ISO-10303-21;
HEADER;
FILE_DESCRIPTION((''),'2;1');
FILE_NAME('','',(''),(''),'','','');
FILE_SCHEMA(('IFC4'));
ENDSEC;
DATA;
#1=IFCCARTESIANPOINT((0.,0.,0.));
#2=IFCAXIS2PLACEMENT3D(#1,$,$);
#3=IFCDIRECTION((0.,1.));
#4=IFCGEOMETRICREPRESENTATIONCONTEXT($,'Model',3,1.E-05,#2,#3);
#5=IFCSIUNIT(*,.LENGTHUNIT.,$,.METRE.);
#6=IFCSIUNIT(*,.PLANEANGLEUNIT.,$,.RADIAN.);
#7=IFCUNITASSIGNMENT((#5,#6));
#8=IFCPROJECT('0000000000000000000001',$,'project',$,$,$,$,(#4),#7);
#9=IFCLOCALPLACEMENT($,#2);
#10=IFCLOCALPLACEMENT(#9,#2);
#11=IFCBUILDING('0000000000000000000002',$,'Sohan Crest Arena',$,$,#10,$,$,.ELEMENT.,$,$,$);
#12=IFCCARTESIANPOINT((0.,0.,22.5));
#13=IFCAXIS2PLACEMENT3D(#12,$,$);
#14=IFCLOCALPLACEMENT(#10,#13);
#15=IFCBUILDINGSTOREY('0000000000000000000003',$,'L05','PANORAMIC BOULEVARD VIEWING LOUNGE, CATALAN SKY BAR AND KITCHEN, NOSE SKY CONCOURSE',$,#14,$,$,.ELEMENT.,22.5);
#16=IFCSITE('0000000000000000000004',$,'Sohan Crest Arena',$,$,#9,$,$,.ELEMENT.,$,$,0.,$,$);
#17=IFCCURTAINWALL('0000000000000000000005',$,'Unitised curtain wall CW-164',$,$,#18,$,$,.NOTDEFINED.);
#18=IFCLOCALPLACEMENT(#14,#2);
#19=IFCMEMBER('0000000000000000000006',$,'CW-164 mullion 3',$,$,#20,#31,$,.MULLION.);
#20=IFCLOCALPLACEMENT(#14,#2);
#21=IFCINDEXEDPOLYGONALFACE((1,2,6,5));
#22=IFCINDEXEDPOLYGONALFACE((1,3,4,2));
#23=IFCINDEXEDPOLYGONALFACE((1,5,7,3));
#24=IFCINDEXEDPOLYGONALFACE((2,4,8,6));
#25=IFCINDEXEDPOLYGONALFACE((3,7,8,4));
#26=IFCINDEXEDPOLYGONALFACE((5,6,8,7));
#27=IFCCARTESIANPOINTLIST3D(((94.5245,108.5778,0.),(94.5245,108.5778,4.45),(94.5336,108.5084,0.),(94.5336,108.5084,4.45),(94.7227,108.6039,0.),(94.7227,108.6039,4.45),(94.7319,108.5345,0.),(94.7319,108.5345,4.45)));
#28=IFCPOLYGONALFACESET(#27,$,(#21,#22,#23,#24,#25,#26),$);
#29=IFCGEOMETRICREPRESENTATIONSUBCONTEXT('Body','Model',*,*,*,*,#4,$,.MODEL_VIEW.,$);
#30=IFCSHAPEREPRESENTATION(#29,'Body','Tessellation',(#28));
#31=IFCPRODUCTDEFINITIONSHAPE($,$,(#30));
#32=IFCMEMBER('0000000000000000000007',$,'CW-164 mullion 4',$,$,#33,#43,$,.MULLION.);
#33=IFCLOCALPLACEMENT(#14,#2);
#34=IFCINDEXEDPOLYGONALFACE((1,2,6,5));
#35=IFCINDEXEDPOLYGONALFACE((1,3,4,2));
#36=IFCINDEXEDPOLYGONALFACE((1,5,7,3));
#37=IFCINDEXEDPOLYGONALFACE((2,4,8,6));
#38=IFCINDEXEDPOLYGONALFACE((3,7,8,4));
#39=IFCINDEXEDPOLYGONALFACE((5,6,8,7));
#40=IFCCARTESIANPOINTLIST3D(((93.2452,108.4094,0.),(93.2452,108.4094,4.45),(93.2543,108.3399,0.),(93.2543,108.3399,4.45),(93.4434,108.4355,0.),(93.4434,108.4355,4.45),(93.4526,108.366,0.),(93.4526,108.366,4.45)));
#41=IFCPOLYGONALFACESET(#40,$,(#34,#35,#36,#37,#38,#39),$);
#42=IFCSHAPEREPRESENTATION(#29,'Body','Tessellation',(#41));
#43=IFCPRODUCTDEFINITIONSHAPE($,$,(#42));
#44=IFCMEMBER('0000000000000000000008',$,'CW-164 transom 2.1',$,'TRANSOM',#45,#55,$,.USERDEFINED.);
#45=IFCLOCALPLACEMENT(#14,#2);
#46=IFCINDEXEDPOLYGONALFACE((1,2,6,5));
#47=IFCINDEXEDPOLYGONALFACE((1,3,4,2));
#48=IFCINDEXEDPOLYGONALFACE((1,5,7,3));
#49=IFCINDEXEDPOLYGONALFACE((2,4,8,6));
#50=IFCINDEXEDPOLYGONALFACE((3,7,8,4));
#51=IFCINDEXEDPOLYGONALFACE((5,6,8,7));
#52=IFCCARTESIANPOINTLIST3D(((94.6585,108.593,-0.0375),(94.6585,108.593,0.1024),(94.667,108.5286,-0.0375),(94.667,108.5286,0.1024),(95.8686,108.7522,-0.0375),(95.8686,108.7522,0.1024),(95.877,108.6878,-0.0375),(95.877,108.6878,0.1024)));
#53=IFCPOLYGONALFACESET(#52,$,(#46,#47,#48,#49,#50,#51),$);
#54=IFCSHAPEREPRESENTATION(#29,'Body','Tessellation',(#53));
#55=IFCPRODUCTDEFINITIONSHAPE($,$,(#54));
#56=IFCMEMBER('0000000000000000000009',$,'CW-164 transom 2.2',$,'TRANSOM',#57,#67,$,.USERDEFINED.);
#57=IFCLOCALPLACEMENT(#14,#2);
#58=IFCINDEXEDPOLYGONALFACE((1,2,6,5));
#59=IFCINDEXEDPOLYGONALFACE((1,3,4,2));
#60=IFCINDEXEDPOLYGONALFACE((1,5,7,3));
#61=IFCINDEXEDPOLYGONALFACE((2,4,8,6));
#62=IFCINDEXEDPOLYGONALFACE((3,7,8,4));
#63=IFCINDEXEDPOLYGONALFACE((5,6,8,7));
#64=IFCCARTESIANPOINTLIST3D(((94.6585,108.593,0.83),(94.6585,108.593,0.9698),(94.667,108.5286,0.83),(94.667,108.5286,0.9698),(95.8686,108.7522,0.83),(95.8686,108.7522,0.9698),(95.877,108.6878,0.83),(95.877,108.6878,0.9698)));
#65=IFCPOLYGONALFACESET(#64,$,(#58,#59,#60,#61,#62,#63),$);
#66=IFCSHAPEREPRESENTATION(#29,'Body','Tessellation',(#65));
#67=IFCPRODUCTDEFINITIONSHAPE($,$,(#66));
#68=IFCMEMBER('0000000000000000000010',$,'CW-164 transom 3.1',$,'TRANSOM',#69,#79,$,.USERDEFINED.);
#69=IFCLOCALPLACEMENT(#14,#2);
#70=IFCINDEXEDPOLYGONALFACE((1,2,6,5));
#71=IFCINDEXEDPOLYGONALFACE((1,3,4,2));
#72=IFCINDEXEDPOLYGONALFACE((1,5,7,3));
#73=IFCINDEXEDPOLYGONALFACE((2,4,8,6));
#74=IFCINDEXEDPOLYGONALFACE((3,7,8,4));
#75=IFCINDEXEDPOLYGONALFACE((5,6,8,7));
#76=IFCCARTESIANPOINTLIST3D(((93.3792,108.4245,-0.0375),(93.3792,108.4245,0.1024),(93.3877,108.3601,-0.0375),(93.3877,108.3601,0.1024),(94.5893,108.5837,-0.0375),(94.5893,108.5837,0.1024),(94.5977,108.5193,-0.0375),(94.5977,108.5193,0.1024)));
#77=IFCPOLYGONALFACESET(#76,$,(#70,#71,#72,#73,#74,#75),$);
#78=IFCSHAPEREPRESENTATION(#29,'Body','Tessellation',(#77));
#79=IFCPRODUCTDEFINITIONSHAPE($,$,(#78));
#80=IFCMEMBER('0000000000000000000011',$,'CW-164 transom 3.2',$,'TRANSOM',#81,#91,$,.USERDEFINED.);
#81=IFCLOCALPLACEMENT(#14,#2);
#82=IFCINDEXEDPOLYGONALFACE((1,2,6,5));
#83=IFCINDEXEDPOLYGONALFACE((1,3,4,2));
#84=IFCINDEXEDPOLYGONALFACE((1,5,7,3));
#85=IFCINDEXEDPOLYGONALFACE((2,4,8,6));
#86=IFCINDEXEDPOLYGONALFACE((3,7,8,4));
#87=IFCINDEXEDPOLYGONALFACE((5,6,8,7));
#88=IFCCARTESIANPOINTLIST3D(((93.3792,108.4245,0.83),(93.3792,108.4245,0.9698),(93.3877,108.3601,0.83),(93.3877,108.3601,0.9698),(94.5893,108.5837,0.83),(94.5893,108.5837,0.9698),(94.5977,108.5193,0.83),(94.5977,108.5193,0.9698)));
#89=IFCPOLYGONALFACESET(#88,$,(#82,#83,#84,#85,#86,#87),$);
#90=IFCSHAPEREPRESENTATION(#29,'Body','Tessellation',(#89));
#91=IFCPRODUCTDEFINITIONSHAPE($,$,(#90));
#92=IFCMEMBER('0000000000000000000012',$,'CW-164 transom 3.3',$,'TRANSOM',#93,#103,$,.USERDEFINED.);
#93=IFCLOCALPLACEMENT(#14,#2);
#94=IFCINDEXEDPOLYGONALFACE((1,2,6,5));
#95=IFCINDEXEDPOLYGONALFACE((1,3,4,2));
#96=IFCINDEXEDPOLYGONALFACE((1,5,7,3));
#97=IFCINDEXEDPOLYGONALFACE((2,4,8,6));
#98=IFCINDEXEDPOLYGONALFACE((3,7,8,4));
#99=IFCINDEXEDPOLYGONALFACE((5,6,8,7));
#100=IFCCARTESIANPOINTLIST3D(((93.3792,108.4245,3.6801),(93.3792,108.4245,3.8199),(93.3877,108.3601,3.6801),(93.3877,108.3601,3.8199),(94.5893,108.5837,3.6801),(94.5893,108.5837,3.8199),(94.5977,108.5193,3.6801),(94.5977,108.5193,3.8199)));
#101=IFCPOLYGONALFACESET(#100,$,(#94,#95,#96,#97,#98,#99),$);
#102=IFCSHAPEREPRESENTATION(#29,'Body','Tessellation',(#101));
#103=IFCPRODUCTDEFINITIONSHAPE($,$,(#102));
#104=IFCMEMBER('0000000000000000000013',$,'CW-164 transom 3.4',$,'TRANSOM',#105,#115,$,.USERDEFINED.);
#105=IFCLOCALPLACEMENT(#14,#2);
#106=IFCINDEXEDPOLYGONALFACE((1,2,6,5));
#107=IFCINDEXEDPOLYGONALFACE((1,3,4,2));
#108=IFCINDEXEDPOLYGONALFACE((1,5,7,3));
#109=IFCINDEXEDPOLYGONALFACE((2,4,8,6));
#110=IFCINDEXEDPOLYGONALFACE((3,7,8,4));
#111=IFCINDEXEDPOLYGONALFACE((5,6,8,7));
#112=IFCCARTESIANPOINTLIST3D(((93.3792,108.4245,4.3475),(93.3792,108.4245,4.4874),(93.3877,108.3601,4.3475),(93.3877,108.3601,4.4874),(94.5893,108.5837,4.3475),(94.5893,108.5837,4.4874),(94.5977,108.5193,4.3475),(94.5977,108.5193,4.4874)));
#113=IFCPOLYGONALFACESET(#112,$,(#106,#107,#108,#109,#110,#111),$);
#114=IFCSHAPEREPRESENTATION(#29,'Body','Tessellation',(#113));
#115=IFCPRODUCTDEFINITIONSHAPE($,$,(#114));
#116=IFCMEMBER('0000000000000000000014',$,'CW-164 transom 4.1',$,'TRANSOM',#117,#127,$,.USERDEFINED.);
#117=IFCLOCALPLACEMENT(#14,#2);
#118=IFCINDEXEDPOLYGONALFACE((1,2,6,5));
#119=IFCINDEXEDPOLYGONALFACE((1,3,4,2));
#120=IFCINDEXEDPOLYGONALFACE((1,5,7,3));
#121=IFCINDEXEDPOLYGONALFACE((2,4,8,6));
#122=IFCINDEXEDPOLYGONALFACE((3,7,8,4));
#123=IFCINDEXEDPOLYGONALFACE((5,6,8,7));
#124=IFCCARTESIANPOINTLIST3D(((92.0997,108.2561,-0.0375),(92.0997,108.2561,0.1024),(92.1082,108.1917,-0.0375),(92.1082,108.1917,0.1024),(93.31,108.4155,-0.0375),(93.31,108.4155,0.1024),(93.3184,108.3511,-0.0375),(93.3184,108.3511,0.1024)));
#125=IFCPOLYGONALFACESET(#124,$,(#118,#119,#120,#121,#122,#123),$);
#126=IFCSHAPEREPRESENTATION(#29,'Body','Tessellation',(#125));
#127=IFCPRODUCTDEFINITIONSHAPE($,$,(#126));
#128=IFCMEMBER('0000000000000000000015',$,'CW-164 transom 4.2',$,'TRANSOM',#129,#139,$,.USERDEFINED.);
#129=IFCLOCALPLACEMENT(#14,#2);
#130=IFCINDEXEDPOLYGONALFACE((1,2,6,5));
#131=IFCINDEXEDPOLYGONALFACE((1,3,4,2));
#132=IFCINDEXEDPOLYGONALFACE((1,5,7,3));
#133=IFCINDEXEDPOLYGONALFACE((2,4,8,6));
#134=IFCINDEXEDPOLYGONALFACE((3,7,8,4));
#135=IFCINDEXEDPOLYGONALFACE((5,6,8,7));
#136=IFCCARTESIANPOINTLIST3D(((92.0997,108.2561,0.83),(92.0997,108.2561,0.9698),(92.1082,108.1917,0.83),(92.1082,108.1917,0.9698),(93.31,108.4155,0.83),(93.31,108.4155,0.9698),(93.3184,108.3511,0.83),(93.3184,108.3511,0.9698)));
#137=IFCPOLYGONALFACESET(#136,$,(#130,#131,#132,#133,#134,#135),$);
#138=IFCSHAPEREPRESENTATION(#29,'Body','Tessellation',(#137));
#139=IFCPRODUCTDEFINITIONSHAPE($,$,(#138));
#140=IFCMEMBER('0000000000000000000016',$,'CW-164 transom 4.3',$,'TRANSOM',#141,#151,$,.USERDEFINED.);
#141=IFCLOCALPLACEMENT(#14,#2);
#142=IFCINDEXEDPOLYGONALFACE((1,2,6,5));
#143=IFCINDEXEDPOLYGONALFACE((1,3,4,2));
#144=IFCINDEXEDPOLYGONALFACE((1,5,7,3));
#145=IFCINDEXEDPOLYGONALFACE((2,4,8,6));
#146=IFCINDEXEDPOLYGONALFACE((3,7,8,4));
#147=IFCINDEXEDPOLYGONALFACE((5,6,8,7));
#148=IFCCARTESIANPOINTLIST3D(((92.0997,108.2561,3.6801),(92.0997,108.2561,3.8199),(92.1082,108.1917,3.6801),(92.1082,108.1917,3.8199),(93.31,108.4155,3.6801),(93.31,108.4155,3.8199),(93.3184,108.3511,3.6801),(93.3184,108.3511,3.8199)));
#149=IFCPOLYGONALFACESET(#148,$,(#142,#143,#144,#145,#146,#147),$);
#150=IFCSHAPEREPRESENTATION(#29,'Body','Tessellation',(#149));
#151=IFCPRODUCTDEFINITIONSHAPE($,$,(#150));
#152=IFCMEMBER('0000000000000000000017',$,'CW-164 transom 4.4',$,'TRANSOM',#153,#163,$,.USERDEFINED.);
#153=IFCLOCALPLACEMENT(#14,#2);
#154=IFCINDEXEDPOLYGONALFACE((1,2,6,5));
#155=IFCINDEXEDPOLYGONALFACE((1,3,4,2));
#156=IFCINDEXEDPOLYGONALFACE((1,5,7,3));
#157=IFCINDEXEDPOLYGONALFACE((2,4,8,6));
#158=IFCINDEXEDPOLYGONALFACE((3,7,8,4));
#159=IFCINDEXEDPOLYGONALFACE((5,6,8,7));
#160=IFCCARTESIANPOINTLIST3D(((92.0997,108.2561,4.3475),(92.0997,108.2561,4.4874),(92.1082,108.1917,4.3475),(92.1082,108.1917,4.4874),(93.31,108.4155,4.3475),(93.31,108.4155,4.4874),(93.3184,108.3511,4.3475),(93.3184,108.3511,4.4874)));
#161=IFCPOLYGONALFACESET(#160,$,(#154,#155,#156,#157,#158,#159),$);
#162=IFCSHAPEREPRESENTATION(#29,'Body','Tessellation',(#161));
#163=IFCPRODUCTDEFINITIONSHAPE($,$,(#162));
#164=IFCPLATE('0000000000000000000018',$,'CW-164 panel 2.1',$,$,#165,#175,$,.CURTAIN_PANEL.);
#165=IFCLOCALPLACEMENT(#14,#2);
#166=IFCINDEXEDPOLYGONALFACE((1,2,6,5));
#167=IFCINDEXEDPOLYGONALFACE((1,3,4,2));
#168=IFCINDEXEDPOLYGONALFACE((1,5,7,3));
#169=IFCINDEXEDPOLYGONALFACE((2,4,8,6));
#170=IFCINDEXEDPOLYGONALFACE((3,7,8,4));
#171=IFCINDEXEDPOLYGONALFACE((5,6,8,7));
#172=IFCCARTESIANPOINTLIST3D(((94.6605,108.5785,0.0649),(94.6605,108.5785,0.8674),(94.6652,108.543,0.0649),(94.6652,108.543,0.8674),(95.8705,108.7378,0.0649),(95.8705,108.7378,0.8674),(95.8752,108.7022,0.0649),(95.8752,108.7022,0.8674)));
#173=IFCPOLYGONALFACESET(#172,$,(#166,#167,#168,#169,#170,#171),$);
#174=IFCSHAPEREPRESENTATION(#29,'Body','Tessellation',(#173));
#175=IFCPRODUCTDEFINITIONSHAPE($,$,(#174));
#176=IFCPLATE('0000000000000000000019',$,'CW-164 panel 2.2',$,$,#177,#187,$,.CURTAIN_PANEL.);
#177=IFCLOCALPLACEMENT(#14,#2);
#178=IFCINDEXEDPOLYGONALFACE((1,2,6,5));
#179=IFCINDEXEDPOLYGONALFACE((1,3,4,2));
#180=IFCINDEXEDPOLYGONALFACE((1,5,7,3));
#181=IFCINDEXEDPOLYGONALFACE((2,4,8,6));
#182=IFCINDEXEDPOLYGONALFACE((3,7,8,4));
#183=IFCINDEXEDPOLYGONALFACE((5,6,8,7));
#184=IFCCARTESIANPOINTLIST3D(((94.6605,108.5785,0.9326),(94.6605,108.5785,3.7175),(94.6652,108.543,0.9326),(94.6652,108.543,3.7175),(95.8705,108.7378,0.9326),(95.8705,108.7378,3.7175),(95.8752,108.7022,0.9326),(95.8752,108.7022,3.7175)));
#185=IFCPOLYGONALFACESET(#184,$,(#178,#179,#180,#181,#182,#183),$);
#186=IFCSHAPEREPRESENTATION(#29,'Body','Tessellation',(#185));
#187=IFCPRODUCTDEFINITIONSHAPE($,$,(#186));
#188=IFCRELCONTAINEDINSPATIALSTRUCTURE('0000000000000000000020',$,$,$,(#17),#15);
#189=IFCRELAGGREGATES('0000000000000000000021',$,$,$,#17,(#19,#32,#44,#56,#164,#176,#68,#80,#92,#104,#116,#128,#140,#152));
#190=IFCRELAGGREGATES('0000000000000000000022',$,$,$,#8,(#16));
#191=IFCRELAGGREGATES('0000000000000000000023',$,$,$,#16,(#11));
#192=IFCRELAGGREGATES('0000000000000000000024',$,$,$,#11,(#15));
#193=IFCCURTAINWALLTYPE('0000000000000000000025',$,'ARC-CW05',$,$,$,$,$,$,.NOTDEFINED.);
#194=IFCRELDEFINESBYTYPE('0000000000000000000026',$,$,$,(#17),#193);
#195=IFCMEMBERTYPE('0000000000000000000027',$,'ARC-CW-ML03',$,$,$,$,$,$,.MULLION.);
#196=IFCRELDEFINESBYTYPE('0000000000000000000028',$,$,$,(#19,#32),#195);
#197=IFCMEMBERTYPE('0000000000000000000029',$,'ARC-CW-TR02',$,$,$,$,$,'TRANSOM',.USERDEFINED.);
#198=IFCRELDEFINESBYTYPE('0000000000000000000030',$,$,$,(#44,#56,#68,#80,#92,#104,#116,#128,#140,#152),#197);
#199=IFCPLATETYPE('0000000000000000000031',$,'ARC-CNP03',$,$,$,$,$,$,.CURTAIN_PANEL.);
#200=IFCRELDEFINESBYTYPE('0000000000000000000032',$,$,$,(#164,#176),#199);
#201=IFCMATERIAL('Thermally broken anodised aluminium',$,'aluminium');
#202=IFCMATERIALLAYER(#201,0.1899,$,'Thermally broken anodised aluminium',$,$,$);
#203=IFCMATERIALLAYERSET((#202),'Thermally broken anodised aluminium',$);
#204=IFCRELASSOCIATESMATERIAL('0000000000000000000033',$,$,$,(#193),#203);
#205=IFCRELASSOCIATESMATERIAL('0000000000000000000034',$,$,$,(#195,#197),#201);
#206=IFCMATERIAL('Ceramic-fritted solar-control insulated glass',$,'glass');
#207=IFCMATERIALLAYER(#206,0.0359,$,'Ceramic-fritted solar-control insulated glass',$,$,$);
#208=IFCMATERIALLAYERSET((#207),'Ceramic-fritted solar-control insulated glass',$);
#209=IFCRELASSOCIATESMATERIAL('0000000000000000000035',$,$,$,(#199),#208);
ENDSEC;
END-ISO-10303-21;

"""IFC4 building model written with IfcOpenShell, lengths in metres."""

from ifc_helpers import new_model, si_unit, direction, frame, origin, origin_2d, place, context, subcontext, project, spatial, rectangle, extrude, material, layer, layer_set, material_profile, profile_set, type_object, element, aggregate, save


model = new_model("IFC4")

# Units and contexts
model_context = context("Model", 3, precision=1e-05, world=origin(), true_north=direction((0.0, 1.0)))
body_context = subcontext(model_context, "Body", "Model", "MODEL_VIEW")
ifc_project = project(units=[si_unit("LENGTHUNIT", "METRE"), si_unit("PLANEANGLEUNIT", "RADIAN")], contexts=[model_context])

# Site, building, storey
site_placement = place(None, origin())
site = spatial("IfcSite", under=ifc_project, at=site_placement, Name="Sohan Crest Arena", CompositionType="ELEMENT", RefElevation=0.0)
building_placement = place(site_placement, origin())
building = spatial("IfcBuilding", under=site, at=building_placement, Name="Sohan Crest Arena", CompositionType="ELEMENT")
storey_placement = place(building_placement, frame((0.0, 0.0, 22.5)))
storey = spatial("IfcBuildingStorey", under=building, at=storey_placement, Name="L05", Description="PANORAMIC BOULEVARD VIEWING LOUNGE, CATALAN SKY BAR AND KITCHEN, NOSE SKY CONCOURSE", CompositionType="ELEMENT", Elevation=22.5)

# Curtain wall, members, plates
ifc_material_1 = material(Name="Thermally broken anodised aluminium", Category="aluminium")
ifc_layer_1 = layer(ifc_material_1, 0.1899, Name="Thermally broken anodised aluminium")
ifc_layer_set_1 = layer_set([ifc_layer_1], Name="Thermally broken anodised aluminium")
curtain_wall_type = type_object("IfcCurtainWallType", Name="ARC-CW05", PredefinedType="NOTDEFINED", material=ifc_layer_set_1)
curtain_wall_placement = place(storey_placement, origin())
curtain_wall = element("IfcCurtainWall", 1, at=curtain_wall_placement, inside=storey, type_object=curtain_wall_type, Name="Unitised curtain wall CW-164", PredefinedType="NOTDEFINED")
ifc_material_profile_1 = material_profile(ifc_material_1, rectangle(XDim=0.0701, YDim=0.2, at=origin_2d()), Name="ALU-MULL 70x200")
ifc_profile_set_1 = profile_set([ifc_material_profile_1], Name="Thermally broken anodised aluminium")
member_type_1 = type_object("IfcMemberType", Name="ARC-CW-ML03", PredefinedType="MULLION", material=ifc_profile_set_1)
member_1_placement = place(storey_placement, frame((94.6282, 108.5562, 0.0), z_axis=(0.0, 0.0, 1.0), x_axis=(0.130499, -0.991448, 0.0)))
member_1 = element("IfcMember", 2, at=member_1_placement, type_object=member_type_1, Name="CW-164 mullion 3", PredefinedType="MULLION", context=body_context, shape_type="SweptSolid", body=[
    extrude(rectangle(XDim=0.0701, YDim=0.2, at=origin_2d()), origin(), (0.0, 0.0, 1.0), 4.45),
])
member_2_placement = place(storey_placement, frame((93.3489, 108.3877, 0.0), z_axis=(0.0, 0.0, 1.0), x_axis=(0.130499, -0.991448, 0.0)))
member_2 = element("IfcMember", 3, at=member_2_placement, type_object=member_type_1, Name="CW-164 mullion 4", PredefinedType="MULLION", context=body_context, shape_type="SweptSolid", body=[
    extrude(rectangle(XDim=0.0701, YDim=0.2, at=origin_2d()), origin(), (0.0, 0.0, 1.0), 4.45),
])
ifc_material_profile_2 = material_profile(ifc_material_1, rectangle(XDim=0.0649, YDim=0.1399, at=origin_2d()), Name="ALU-TRAN 65x140")
ifc_profile_set_2 = profile_set([ifc_material_profile_2], Name="Thermally broken anodised aluminium")
member_type_2 = type_object("IfcMemberType", Name="ARC-CW-TR02", ElementType="TRANSOM", PredefinedType="USERDEFINED", material=ifc_profile_set_2)
member_3_placement = place(storey_placement, frame((95.8728, 108.72, 0.0325), z_axis=(-0.991457, -0.130434, 0.0), x_axis=(0.130434, -0.991457, 0.0)))
member_3 = element("IfcMember", 4, at=member_3_placement, type_object=member_type_2, Name="CW-164 transom 2.1", ObjectType="TRANSOM", PredefinedType="USERDEFINED", context=body_context, shape_type="SweptSolid", body=[
    extrude(rectangle(XDim=0.0649, YDim=0.1399, at=origin_2d()), origin(), (0.0, 0.0, 1.0), 1.2205),
])
member_4_placement = place(storey_placement, frame((95.8728, 108.72, 0.8999), z_axis=(-0.991457, -0.130434, 0.0), x_axis=(0.130434, -0.991457, 0.0)))
member_4 = element("IfcMember", 5, at=member_4_placement, type_object=member_type_2, Name="CW-164 transom 2.2", ObjectType="TRANSOM", PredefinedType="USERDEFINED", context=body_context, shape_type="SweptSolid", body=[
    extrude(rectangle(XDim=0.0649, YDim=0.1399, at=origin_2d()), origin(), (0.0, 0.0, 1.0), 1.2205),
])
member_5_placement = place(storey_placement, frame((94.5935, 108.5515, 0.0325), z_axis=(-0.991457, -0.130434, 0.0), x_axis=(0.130434, -0.991457, 0.0)))
member_5 = element("IfcMember", 6, at=member_5_placement, type_object=member_type_2, Name="CW-164 transom 3.1", ObjectType="TRANSOM", PredefinedType="USERDEFINED", context=body_context, shape_type="SweptSolid", body=[
    extrude(rectangle(XDim=0.0649, YDim=0.1399, at=origin_2d()), origin(), (0.0, 0.0, 1.0), 1.2205),
])
member_6_placement = place(storey_placement, frame((94.5935, 108.5515, 0.8999), z_axis=(-0.991457, -0.130434, 0.0), x_axis=(0.130434, -0.991457, 0.0)))
member_6 = element("IfcMember", 7, at=member_6_placement, type_object=member_type_2, Name="CW-164 transom 3.2", ObjectType="TRANSOM", PredefinedType="USERDEFINED", context=body_context, shape_type="SweptSolid", body=[
    extrude(rectangle(XDim=0.0649, YDim=0.1399, at=origin_2d()), origin(), (0.0, 0.0, 1.0), 1.2205),
])
member_7_placement = place(storey_placement, frame((94.5935, 108.5515, 3.75), z_axis=(-0.991457, -0.130434, 0.0), x_axis=(0.130434, -0.991457, 0.0)))
member_7 = element("IfcMember", 8, at=member_7_placement, type_object=member_type_2, Name="CW-164 transom 3.3", ObjectType="TRANSOM", PredefinedType="USERDEFINED", context=body_context, shape_type="SweptSolid", body=[
    extrude(rectangle(XDim=0.0649, YDim=0.1399, at=origin_2d()), origin(), (0.0, 0.0, 1.0), 1.2205),
])
member_8_placement = place(storey_placement, frame((94.5935, 108.5515, 4.4175), z_axis=(-0.991457, -0.130434, 0.0), x_axis=(0.130434, -0.991457, 0.0)))
member_8 = element("IfcMember", 9, at=member_8_placement, type_object=member_type_2, Name="CW-164 transom 3.4", ObjectType="TRANSOM", PredefinedType="USERDEFINED", context=body_context, shape_type="SweptSolid", body=[
    extrude(rectangle(XDim=0.0649, YDim=0.1399, at=origin_2d()), origin(), (0.0, 0.0, 1.0), 1.2205),
])
member_9_placement = place(storey_placement, frame((93.3142, 108.3833, 0.0325), z_axis=(-0.991435, -0.130605, 0.0), x_axis=(0.130605, -0.991435, 0.0)))
member_9 = element("IfcMember", 10, at=member_9_placement, type_object=member_type_2, Name="CW-164 transom 4.1", ObjectType="TRANSOM", PredefinedType="USERDEFINED", context=body_context, shape_type="SweptSolid", body=[
    extrude(rectangle(XDim=0.0649, YDim=0.1399, at=origin_2d()), origin(), (0.0, 0.0, 1.0), 1.2207),
])
member_10_placement = place(storey_placement, frame((93.3142, 108.3833, 0.8999), z_axis=(-0.991435, -0.130605, 0.0), x_axis=(0.130605, -0.991435, 0.0)))
member_10 = element("IfcMember", 11, at=member_10_placement, type_object=member_type_2, Name="CW-164 transom 4.2", ObjectType="TRANSOM", PredefinedType="USERDEFINED", context=body_context, shape_type="SweptSolid", body=[
    extrude(rectangle(XDim=0.0649, YDim=0.1399, at=origin_2d()), origin(), (0.0, 0.0, 1.0), 1.2207),
])
member_11_placement = place(storey_placement, frame((93.3142, 108.3833, 3.75), z_axis=(-0.991435, -0.130605, 0.0), x_axis=(0.130605, -0.991435, 0.0)))
member_11 = element("IfcMember", 12, at=member_11_placement, type_object=member_type_2, Name="CW-164 transom 4.3", ObjectType="TRANSOM", PredefinedType="USERDEFINED", context=body_context, shape_type="SweptSolid", body=[
    extrude(rectangle(XDim=0.0649, YDim=0.1399, at=origin_2d()), origin(), (0.0, 0.0, 1.0), 1.2207),
])
member_12_placement = place(storey_placement, frame((93.3142, 108.3833, 4.4175), z_axis=(-0.991435, -0.130605, 0.0), x_axis=(0.130605, -0.991435, 0.0)))
member_12 = element("IfcMember", 13, at=member_12_placement, type_object=member_type_2, Name="CW-164 transom 4.4", ObjectType="TRANSOM", PredefinedType="USERDEFINED", context=body_context, shape_type="SweptSolid", body=[
    extrude(rectangle(XDim=0.0649, YDim=0.1399, at=origin_2d()), origin(), (0.0, 0.0, 1.0), 1.2207),
])
ifc_material_2 = material(Name="Ceramic-fritted solar-control insulated glass", Category="glass")
ifc_layer_2 = layer(ifc_material_2, 0.0359, Name="Ceramic-fritted solar-control insulated glass")
ifc_layer_set_2 = layer_set([ifc_layer_2], Name="Ceramic-fritted solar-control insulated glass")
plate_type = type_object("IfcPlateType", Name="ARC-CNP03", PredefinedType="CURTAIN_PANEL", material=ifc_layer_set_2)
plate_1_placement = place(storey_placement, frame((95.2678, 108.6404, 0.0649), z_axis=(0.0, 0.0, 1.0), x_axis=(-0.991448, -0.130499, 0.0)))
plate_1 = element("IfcPlate", 14, at=plate_1_placement, type_object=plate_type, Name="CW-164 panel 2.1", PredefinedType="CURTAIN_PANEL", context=body_context, shape_type="SweptSolid", body=[
    extrude(rectangle(XDim=1.2205, YDim=0.0359, at=origin_2d()), origin(), (0.0, 0.0, 1.0), 0.8025),
])
plate_2_placement = place(storey_placement, frame((95.2678, 108.6404, 0.9326), z_axis=(0.0, 0.0, 1.0), x_axis=(-0.991448, -0.130499, 0.0)))
plate_2 = element("IfcPlate", 15, at=plate_2_placement, type_object=plate_type, Name="CW-164 panel 2.2", PredefinedType="CURTAIN_PANEL", context=body_context, shape_type="SweptSolid", body=[
    extrude(rectangle(XDim=1.2205, YDim=0.0359, at=origin_2d()), origin(), (0.0, 0.0, 1.0), 2.7849),
])
aggregate(curtain_wall, [member_1, member_2, member_3, member_4, plate_1, plate_2, member_5, member_6, member_7, member_8, member_9, member_10, member_11, member_12])

save(model, "model.ifc")
